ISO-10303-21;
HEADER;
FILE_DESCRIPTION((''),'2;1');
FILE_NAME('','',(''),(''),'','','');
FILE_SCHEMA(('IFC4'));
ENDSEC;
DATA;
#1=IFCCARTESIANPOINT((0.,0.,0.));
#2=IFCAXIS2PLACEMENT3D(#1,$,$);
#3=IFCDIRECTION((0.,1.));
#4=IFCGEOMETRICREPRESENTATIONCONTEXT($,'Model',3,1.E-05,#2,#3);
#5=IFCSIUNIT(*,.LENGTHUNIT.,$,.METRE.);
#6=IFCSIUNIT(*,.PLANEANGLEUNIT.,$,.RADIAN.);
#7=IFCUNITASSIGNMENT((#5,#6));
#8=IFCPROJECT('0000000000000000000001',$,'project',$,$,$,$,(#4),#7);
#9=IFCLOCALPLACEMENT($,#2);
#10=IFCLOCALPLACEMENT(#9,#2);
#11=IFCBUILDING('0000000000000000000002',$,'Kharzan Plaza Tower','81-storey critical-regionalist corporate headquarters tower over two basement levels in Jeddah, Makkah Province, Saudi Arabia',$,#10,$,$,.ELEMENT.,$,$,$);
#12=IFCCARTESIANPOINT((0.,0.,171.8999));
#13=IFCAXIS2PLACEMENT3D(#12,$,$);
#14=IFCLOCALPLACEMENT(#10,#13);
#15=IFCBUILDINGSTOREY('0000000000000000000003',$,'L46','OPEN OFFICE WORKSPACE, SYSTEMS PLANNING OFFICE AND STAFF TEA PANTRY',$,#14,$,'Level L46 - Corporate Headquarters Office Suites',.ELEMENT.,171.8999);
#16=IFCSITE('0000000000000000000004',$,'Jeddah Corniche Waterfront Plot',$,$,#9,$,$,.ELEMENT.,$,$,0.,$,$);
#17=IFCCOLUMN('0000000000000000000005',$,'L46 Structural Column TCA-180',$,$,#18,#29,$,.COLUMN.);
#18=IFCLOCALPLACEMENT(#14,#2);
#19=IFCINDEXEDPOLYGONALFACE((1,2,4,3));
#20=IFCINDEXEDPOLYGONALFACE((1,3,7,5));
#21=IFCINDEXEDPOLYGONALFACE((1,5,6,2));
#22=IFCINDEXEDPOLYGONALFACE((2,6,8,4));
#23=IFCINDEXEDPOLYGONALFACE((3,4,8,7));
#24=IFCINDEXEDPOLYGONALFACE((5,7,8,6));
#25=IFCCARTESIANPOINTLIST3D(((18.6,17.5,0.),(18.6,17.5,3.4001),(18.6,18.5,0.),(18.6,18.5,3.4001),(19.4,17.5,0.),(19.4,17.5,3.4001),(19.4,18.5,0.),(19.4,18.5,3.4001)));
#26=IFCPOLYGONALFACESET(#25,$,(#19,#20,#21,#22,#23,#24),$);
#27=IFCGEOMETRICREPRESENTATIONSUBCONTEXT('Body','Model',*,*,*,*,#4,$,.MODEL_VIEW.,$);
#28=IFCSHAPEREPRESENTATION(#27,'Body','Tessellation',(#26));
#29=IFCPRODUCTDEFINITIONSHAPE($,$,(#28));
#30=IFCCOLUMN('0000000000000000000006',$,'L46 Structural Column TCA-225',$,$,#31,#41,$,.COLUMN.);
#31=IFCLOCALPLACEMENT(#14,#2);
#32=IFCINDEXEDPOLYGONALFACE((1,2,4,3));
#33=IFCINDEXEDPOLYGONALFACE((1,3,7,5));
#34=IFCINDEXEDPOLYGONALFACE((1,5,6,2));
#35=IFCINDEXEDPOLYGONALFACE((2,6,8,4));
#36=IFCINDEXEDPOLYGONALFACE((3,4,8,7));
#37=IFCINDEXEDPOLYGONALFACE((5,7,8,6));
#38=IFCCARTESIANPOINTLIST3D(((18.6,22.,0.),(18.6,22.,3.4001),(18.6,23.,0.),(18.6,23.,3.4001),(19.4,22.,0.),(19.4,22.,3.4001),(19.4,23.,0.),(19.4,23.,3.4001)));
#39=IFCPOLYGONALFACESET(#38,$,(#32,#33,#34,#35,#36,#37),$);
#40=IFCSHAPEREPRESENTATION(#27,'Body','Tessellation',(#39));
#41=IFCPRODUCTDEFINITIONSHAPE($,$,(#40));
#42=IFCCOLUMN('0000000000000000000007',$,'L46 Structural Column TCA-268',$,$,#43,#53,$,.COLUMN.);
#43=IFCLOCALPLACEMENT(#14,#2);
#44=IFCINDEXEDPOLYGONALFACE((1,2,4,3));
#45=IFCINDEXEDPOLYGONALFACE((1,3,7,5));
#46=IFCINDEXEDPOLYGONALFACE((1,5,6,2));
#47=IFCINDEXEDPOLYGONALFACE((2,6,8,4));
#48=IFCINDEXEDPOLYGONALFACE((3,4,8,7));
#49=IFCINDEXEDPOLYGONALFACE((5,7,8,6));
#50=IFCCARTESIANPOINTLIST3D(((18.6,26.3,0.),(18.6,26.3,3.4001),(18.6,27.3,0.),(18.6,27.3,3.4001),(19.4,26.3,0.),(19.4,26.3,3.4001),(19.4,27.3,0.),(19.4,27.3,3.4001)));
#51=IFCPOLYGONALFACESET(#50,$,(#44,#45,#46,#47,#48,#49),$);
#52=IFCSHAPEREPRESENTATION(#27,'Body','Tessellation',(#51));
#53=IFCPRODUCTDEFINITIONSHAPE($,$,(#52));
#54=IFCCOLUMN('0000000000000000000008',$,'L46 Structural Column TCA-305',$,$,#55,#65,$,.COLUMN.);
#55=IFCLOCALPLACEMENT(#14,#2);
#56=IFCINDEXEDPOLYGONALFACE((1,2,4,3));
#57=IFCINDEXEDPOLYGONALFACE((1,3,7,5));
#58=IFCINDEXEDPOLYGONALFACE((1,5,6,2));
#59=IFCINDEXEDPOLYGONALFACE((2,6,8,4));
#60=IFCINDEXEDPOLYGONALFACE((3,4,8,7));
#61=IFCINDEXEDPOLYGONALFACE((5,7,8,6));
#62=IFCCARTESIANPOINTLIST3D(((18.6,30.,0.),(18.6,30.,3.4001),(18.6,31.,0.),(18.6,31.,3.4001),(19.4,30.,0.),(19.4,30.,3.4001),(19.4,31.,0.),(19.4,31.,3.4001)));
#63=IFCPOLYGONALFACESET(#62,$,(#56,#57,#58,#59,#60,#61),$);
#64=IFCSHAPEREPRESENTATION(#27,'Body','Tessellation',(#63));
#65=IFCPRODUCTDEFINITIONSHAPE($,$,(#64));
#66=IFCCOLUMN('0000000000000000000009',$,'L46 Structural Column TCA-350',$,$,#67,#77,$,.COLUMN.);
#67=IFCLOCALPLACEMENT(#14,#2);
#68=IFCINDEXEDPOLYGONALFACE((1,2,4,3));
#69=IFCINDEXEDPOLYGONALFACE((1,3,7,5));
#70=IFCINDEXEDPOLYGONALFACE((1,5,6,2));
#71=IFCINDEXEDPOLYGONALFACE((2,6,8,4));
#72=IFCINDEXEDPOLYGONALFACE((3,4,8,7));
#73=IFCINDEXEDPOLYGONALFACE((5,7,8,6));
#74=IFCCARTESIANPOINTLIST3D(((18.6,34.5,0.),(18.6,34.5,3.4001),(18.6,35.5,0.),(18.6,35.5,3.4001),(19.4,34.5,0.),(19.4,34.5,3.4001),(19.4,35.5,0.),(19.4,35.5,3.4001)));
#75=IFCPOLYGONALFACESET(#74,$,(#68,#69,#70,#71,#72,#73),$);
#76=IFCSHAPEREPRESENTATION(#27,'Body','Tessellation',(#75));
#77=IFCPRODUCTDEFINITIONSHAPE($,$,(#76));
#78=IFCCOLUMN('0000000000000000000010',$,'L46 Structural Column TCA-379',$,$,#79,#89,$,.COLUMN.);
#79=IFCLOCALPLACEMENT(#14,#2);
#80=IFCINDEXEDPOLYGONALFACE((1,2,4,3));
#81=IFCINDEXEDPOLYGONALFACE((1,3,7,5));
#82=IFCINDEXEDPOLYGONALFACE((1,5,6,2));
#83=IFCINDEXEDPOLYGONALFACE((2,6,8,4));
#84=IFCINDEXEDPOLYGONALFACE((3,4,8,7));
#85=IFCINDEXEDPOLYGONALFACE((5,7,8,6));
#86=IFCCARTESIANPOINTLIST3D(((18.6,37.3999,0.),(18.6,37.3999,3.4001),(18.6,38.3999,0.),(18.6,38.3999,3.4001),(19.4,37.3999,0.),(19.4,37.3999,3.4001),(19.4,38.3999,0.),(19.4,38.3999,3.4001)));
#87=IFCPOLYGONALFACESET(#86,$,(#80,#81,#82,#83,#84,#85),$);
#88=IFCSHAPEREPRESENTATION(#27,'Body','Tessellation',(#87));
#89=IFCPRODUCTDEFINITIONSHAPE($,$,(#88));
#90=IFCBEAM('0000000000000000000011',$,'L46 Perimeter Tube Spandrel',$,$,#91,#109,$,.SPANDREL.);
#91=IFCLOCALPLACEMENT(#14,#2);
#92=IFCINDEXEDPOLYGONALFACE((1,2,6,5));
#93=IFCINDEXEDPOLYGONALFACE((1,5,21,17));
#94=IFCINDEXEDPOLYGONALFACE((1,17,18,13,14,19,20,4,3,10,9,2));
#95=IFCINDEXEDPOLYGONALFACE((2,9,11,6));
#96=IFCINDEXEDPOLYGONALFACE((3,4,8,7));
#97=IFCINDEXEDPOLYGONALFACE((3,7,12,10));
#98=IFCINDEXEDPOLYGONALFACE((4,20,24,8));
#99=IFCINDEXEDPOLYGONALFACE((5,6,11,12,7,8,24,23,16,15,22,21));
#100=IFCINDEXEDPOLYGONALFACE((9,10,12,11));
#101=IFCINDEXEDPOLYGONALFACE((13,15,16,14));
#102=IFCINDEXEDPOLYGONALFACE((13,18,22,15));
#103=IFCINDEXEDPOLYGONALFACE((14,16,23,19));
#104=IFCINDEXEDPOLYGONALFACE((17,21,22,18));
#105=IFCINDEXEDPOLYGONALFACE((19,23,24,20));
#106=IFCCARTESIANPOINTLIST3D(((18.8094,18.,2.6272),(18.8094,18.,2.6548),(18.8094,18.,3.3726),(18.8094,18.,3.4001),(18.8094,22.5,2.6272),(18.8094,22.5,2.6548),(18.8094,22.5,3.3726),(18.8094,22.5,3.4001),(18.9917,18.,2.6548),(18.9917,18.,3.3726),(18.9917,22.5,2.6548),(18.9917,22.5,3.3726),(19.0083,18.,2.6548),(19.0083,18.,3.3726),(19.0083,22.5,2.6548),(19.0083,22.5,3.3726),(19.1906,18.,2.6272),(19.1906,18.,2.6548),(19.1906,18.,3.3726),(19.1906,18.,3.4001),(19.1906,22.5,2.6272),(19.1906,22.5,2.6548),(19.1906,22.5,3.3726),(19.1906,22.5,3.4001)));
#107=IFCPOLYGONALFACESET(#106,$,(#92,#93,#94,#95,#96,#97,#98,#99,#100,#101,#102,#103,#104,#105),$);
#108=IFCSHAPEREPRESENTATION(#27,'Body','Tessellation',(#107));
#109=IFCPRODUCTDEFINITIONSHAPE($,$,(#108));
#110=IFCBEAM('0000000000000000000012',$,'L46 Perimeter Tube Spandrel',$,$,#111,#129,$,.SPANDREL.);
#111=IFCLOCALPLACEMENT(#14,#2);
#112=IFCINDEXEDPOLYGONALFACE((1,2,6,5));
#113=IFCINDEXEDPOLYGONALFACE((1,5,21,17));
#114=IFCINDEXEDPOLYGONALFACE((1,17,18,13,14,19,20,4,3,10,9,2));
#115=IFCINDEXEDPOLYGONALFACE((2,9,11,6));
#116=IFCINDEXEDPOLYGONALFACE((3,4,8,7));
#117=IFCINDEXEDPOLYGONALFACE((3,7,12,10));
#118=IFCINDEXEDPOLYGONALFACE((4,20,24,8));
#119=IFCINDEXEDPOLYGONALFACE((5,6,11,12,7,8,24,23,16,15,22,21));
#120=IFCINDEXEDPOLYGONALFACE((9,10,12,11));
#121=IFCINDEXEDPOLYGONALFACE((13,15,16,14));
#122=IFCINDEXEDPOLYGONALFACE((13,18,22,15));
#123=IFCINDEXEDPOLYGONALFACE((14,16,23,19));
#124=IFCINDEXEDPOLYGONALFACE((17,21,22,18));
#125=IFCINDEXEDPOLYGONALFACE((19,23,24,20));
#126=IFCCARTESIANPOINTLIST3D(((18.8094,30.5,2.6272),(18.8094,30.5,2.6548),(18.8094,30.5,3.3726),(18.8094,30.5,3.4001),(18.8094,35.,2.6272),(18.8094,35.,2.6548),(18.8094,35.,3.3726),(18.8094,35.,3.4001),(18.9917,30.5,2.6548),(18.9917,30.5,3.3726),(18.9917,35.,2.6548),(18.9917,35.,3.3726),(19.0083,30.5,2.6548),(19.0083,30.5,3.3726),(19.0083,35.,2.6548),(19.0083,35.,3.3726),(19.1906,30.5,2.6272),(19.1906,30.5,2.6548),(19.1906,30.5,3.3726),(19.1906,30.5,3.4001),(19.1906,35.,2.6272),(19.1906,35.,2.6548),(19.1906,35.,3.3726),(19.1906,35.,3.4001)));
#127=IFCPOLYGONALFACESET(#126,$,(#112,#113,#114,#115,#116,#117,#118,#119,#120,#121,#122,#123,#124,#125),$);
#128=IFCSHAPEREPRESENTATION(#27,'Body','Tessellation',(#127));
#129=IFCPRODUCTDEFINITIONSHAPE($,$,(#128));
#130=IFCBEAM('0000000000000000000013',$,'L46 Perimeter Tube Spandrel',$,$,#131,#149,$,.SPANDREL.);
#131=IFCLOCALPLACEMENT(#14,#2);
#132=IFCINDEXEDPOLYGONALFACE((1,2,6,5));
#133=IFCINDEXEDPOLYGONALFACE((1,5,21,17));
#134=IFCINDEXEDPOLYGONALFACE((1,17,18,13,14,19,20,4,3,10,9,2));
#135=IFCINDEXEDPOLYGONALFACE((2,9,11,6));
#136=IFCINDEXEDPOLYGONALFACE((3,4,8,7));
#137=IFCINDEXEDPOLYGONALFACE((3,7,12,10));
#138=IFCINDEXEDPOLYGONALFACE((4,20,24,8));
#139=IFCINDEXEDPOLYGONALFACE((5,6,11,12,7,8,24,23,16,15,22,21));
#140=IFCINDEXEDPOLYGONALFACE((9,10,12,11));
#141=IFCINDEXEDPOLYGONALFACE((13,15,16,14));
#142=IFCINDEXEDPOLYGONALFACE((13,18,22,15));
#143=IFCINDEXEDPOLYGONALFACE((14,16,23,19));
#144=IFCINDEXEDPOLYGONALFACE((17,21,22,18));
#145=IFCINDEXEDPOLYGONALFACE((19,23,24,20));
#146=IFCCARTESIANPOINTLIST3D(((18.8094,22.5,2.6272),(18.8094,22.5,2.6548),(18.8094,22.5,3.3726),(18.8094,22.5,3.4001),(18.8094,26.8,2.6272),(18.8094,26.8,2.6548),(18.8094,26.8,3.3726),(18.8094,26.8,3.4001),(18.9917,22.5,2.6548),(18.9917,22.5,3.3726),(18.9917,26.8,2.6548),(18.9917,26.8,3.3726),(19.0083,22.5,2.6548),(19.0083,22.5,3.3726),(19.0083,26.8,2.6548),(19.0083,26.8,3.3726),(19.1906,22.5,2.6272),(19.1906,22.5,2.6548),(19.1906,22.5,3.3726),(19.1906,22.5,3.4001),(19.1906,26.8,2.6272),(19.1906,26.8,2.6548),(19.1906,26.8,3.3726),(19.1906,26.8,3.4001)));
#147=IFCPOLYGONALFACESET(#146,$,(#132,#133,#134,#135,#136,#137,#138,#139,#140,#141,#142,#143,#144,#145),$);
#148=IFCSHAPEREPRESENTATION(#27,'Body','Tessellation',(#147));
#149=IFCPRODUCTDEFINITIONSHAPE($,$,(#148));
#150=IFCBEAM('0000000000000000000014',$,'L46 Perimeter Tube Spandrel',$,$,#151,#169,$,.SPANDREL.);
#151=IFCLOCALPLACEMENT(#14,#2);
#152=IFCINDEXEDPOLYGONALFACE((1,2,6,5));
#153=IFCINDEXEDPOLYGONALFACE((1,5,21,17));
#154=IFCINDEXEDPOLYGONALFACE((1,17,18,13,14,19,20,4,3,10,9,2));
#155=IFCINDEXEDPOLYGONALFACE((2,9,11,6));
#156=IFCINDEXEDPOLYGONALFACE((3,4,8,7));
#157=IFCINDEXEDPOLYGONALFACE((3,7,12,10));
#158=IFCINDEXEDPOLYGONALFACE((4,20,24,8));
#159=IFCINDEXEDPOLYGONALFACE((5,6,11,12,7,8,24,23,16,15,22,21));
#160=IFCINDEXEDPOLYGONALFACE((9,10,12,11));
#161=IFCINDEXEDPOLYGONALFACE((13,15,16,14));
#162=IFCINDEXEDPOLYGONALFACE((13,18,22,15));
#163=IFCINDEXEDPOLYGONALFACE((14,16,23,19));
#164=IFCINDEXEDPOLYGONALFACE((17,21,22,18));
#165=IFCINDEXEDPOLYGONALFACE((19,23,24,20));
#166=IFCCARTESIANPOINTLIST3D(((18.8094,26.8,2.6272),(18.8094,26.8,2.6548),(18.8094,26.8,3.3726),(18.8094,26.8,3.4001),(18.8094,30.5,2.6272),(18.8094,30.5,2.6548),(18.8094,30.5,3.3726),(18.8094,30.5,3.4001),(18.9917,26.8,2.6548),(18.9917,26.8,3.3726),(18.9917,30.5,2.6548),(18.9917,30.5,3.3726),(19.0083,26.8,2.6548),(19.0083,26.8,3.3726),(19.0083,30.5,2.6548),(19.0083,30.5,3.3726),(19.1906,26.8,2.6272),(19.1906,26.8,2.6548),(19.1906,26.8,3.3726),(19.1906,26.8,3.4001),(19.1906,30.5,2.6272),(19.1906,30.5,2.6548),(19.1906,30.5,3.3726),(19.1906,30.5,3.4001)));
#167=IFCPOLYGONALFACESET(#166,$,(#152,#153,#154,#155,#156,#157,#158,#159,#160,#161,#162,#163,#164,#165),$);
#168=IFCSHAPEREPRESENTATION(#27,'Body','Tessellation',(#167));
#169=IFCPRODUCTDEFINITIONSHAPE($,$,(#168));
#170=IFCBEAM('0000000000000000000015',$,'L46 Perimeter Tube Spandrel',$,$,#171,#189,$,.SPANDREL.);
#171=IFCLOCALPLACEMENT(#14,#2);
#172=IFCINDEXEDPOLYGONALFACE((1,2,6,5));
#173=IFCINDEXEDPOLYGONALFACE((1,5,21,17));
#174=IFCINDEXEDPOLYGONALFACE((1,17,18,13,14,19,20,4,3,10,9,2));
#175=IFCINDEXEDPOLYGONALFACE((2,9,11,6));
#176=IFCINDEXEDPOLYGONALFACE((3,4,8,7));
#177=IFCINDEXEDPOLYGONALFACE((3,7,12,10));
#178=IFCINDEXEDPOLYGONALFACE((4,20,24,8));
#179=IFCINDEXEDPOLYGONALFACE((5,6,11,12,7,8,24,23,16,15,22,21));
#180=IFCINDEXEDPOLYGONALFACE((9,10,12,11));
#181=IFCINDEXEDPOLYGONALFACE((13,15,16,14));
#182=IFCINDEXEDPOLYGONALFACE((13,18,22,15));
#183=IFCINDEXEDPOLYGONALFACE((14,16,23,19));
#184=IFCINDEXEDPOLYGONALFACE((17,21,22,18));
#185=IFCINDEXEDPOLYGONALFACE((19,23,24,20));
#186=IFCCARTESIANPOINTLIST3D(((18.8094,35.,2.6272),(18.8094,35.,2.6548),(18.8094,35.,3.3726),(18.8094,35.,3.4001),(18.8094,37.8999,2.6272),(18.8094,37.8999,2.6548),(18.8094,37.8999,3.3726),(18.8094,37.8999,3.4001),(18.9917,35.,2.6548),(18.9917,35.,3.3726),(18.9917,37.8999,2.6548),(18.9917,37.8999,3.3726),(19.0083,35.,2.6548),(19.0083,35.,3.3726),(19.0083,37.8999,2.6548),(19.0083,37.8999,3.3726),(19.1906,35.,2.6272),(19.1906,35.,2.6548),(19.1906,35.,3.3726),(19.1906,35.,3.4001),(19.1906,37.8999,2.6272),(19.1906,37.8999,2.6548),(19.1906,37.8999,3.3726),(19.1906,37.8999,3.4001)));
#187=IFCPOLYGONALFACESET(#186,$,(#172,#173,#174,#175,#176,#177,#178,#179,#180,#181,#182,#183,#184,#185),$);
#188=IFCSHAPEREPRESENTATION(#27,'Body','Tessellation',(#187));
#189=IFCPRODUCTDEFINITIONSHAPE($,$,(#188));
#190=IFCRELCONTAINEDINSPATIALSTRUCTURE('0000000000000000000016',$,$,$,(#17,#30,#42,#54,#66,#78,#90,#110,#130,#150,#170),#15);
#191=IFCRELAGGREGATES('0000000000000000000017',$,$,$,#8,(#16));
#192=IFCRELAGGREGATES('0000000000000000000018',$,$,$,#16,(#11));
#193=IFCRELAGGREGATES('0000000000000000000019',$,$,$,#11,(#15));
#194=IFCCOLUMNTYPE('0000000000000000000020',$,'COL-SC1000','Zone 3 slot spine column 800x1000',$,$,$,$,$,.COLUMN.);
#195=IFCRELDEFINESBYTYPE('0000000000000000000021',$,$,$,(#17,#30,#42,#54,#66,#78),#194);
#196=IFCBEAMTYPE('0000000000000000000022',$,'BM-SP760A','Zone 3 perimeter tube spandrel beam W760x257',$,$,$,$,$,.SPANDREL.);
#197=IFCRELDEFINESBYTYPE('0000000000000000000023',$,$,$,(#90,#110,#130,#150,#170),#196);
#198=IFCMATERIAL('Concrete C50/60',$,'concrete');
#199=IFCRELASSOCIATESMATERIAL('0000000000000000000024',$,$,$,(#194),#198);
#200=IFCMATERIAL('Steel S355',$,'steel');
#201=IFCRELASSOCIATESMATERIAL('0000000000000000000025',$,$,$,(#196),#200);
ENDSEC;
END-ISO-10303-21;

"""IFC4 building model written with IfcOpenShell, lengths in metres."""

from ifc_helpers import new_model, si_unit, direction, frame, origin, origin_2d, place, context, subcontext, project, spatial, rectangle, i_section, extrude, source, transform, mapped, material, material_profile, profile_set, type_object, element, save


model = new_model("IFC4")

# Units and contexts
model_context = context("Model", 3, precision=1e-05, world=origin(), true_north=direction((0.0, 1.0)))
body_context = subcontext(model_context, "Body", "Model", "MODEL_VIEW")
ifc_project = project(units=[si_unit("LENGTHUNIT", "METRE"), si_unit("PLANEANGLEUNIT", "RADIAN")], contexts=[model_context])

# Site, building, storey
site_placement = place(None, origin())
site = spatial("IfcSite", under=ifc_project, at=site_placement, Name="Jeddah Corniche Waterfront Plot", CompositionType="ELEMENT", RefElevation=0.0)
building_placement = place(site_placement, origin())
building = spatial("IfcBuilding", under=site, at=building_placement, Name="Kharzan Plaza Tower", Description="81-storey critical-regionalist corporate headquarters tower over two basement levels in Jeddah, Makkah Province, Saudi Arabia", CompositionType="ELEMENT")
storey_placement = place(building_placement, frame((0.0, 0.0, 171.8999)))
storey = spatial("IfcBuildingStorey", under=building, at=storey_placement, Name="L46", Description="OPEN OFFICE WORKSPACE, SYSTEMS PLANNING OFFICE AND STAFF TEA PANTRY", LongName="Level L46 - Corporate Headquarters Office Suites", CompositionType="ELEMENT", Elevation=171.8999)

# Columns
ifc_material_1 = material(Name="Concrete C50/60", Category="concrete")
ifc_material_profile_1 = material_profile(ifc_material_1, rectangle(XDim=0.8, YDim=1.0, at=origin_2d()), Name="RC-SC1000x800")
ifc_profile_set_1 = profile_set([ifc_material_profile_1], Name="Concrete C50/60")
column_type = type_object("IfcColumnType", Name="COL-SC1000", Description="Zone 3 slot spine column 800x1000", PredefinedType="COLUMN", material=ifc_profile_set_1)
shared_shape_1 = source(origin(), body_context, "Body", "SweptSolid", [
    extrude(rectangle(XDim=0.8, YDim=1.0, at=origin_2d()), origin(), (0.0, 0.0, 1.0), 3.4001),
])
for number, where, z_axis, x_axis, name in (
    (1, (19.0, 18.0, 0.0), (0.0, 0.0, 1.0), (1.0, 0.0, 0.0), "L46 Structural Column TCA-180"),
    (2, (19.0, 22.5, 0.0), (0.0, 0.0, 1.0), (1.0, 0.0, 0.0), "L46 Structural Column TCA-225"),
    (3, (19.0, 26.8, 0.0), (0.0, 0.0, 1.0), (1.0, 0.0, 0.0), "L46 Structural Column TCA-268"),
    (4, (19.0, 30.5, 0.0), (0.0, 0.0, 1.0), (1.0, 0.0, 0.0), "L46 Structural Column TCA-305"),
    (5, (19.0, 35.0, 0.0), (0.0, 0.0, 1.0), (1.0, 0.0, 0.0), "L46 Structural Column TCA-350"),
    (6, (19.0, 37.8999, 0.0), (0.0, 0.0, 1.0), (1.0, 0.0, 0.0), "L46 Structural Column TCA-379"),
):
    element("IfcColumn", number, at=place(storey_placement, frame(where, z_axis=z_axis, x_axis=x_axis)), inside=storey, type_object=column_type, Name=name, PredefinedType="COLUMN", context=body_context, shape_type="MappedRepresentation", body=[
        mapped(shared_shape_1, transform((0.0, 0.0, 0.0), x_axis=(1.0, 0.0, 0.0), y_axis=(0.0, 1.0, 0.0), z_axis=(0.0, 0.0, 1.0))),
    ])

# Beams
ifc_material_2 = material(Name="Steel S355", Category="steel")
ifc_material_profile_2 = material_profile(ifc_material_2, i_section(OverallWidth=0.3811, OverallDepth=0.7729, WebThickness=0.0166, FlangeThickness=0.0276, at=origin_2d()), Name="W760x257")
ifc_profile_set_2 = profile_set([ifc_material_profile_2], Name="Steel S355")
beam_type = type_object("IfcBeamType", Name="BM-SP760A", Description="Zone 3 perimeter tube spandrel beam W760x257", PredefinedType="SPANDREL", material=ifc_profile_set_2)
shared_shape_2 = source(origin(), body_context, "Body", "SweptSolid", [
    extrude(i_section(OverallWidth=0.3811, OverallDepth=0.7729, WebThickness=0.0166, FlangeThickness=0.0276, at=origin_2d()), origin(), (0.0, 0.0, 1.0), 4.5),
])
for number, where, z_axis, x_axis, name in (
    (7, (19.0, 18.0, 3.0137), (0.0, 1.0, 0.0), (-1.0, 0.0, 0.0), "L46 Perimeter Tube Spandrel"),
    (8, (19.0, 30.5, 3.0137), (0.0, 1.0, 0.0), (-1.0, 0.0, 0.0), "L46 Perimeter Tube Spandrel"),
):
    element("IfcBeam", number, at=place(storey_placement, frame(where, z_axis=z_axis, x_axis=x_axis)), inside=storey, type_object=beam_type, Name=name, PredefinedType="SPANDREL", context=body_context, shape_type="MappedRepresentation", body=[
        mapped(shared_shape_2, transform((0.0, 0.0, 0.0), x_axis=(1.0, 0.0, 0.0), y_axis=(0.0, 1.0, 0.0), z_axis=(0.0, 0.0, 1.0))),
    ])
shared_shape_3 = source(origin(), body_context, "Body", "SweptSolid", [
    extrude(i_section(OverallWidth=0.3811, OverallDepth=0.7729, WebThickness=0.0166, FlangeThickness=0.0276, at=origin_2d()), origin(), (0.0, 0.0, 1.0), 4.3),
])
beam_1_placement = place(storey_placement, frame((19.0, 22.5, 3.0137), z_axis=(0.0, 1.0, 0.0), x_axis=(-1.0, 0.0, 0.0)))
element("IfcBeam", 9, at=beam_1_placement, inside=storey, type_object=beam_type, Name="L46 Perimeter Tube Spandrel", PredefinedType="SPANDREL", context=body_context, shape_type="MappedRepresentation", body=[
    mapped(shared_shape_3, transform((0.0, 0.0, 0.0), x_axis=(1.0, 0.0, 0.0), y_axis=(0.0, 1.0, 0.0), z_axis=(0.0, 0.0, 1.0))),
])
shared_shape_4 = source(origin(), body_context, "Body", "SweptSolid", [
    extrude(i_section(OverallWidth=0.3811, OverallDepth=0.7729, WebThickness=0.0166, FlangeThickness=0.0276, at=origin_2d()), origin(), (0.0, 0.0, 1.0), 3.7),
])
beam_2_placement = place(storey_placement, frame((19.0, 26.8, 3.0137), z_axis=(0.0, 1.0, 0.0), x_axis=(-1.0, 0.0, 0.0)))
element("IfcBeam", 10, at=beam_2_placement, inside=storey, type_object=beam_type, Name="L46 Perimeter Tube Spandrel", PredefinedType="SPANDREL", context=body_context, shape_type="MappedRepresentation", body=[
    mapped(shared_shape_4, transform((0.0, 0.0, 0.0), x_axis=(1.0, 0.0, 0.0), y_axis=(0.0, 1.0, 0.0), z_axis=(0.0, 0.0, 1.0))),
])
shared_shape_5 = source(origin(), body_context, "Body", "SweptSolid", [
    extrude(i_section(OverallWidth=0.3811, OverallDepth=0.7729, WebThickness=0.0166, FlangeThickness=0.0276, at=origin_2d()), origin(), (0.0, 0.0, 1.0), 2.8999),
])
beam_3_placement = place(storey_placement, frame((19.0, 35.0, 3.0137), z_axis=(0.0, 1.0, 0.0), x_axis=(-1.0, 0.0, 0.0)))
element("IfcBeam", 11, at=beam_3_placement, inside=storey, type_object=beam_type, Name="L46 Perimeter Tube Spandrel", PredefinedType="SPANDREL", context=body_context, shape_type="MappedRepresentation", body=[
    mapped(shared_shape_5, transform((0.0, 0.0, 0.0), x_axis=(1.0, 0.0, 0.0), y_axis=(0.0, 1.0, 0.0), z_axis=(0.0, 0.0, 1.0))),
])

save(model, "model.ifc")
